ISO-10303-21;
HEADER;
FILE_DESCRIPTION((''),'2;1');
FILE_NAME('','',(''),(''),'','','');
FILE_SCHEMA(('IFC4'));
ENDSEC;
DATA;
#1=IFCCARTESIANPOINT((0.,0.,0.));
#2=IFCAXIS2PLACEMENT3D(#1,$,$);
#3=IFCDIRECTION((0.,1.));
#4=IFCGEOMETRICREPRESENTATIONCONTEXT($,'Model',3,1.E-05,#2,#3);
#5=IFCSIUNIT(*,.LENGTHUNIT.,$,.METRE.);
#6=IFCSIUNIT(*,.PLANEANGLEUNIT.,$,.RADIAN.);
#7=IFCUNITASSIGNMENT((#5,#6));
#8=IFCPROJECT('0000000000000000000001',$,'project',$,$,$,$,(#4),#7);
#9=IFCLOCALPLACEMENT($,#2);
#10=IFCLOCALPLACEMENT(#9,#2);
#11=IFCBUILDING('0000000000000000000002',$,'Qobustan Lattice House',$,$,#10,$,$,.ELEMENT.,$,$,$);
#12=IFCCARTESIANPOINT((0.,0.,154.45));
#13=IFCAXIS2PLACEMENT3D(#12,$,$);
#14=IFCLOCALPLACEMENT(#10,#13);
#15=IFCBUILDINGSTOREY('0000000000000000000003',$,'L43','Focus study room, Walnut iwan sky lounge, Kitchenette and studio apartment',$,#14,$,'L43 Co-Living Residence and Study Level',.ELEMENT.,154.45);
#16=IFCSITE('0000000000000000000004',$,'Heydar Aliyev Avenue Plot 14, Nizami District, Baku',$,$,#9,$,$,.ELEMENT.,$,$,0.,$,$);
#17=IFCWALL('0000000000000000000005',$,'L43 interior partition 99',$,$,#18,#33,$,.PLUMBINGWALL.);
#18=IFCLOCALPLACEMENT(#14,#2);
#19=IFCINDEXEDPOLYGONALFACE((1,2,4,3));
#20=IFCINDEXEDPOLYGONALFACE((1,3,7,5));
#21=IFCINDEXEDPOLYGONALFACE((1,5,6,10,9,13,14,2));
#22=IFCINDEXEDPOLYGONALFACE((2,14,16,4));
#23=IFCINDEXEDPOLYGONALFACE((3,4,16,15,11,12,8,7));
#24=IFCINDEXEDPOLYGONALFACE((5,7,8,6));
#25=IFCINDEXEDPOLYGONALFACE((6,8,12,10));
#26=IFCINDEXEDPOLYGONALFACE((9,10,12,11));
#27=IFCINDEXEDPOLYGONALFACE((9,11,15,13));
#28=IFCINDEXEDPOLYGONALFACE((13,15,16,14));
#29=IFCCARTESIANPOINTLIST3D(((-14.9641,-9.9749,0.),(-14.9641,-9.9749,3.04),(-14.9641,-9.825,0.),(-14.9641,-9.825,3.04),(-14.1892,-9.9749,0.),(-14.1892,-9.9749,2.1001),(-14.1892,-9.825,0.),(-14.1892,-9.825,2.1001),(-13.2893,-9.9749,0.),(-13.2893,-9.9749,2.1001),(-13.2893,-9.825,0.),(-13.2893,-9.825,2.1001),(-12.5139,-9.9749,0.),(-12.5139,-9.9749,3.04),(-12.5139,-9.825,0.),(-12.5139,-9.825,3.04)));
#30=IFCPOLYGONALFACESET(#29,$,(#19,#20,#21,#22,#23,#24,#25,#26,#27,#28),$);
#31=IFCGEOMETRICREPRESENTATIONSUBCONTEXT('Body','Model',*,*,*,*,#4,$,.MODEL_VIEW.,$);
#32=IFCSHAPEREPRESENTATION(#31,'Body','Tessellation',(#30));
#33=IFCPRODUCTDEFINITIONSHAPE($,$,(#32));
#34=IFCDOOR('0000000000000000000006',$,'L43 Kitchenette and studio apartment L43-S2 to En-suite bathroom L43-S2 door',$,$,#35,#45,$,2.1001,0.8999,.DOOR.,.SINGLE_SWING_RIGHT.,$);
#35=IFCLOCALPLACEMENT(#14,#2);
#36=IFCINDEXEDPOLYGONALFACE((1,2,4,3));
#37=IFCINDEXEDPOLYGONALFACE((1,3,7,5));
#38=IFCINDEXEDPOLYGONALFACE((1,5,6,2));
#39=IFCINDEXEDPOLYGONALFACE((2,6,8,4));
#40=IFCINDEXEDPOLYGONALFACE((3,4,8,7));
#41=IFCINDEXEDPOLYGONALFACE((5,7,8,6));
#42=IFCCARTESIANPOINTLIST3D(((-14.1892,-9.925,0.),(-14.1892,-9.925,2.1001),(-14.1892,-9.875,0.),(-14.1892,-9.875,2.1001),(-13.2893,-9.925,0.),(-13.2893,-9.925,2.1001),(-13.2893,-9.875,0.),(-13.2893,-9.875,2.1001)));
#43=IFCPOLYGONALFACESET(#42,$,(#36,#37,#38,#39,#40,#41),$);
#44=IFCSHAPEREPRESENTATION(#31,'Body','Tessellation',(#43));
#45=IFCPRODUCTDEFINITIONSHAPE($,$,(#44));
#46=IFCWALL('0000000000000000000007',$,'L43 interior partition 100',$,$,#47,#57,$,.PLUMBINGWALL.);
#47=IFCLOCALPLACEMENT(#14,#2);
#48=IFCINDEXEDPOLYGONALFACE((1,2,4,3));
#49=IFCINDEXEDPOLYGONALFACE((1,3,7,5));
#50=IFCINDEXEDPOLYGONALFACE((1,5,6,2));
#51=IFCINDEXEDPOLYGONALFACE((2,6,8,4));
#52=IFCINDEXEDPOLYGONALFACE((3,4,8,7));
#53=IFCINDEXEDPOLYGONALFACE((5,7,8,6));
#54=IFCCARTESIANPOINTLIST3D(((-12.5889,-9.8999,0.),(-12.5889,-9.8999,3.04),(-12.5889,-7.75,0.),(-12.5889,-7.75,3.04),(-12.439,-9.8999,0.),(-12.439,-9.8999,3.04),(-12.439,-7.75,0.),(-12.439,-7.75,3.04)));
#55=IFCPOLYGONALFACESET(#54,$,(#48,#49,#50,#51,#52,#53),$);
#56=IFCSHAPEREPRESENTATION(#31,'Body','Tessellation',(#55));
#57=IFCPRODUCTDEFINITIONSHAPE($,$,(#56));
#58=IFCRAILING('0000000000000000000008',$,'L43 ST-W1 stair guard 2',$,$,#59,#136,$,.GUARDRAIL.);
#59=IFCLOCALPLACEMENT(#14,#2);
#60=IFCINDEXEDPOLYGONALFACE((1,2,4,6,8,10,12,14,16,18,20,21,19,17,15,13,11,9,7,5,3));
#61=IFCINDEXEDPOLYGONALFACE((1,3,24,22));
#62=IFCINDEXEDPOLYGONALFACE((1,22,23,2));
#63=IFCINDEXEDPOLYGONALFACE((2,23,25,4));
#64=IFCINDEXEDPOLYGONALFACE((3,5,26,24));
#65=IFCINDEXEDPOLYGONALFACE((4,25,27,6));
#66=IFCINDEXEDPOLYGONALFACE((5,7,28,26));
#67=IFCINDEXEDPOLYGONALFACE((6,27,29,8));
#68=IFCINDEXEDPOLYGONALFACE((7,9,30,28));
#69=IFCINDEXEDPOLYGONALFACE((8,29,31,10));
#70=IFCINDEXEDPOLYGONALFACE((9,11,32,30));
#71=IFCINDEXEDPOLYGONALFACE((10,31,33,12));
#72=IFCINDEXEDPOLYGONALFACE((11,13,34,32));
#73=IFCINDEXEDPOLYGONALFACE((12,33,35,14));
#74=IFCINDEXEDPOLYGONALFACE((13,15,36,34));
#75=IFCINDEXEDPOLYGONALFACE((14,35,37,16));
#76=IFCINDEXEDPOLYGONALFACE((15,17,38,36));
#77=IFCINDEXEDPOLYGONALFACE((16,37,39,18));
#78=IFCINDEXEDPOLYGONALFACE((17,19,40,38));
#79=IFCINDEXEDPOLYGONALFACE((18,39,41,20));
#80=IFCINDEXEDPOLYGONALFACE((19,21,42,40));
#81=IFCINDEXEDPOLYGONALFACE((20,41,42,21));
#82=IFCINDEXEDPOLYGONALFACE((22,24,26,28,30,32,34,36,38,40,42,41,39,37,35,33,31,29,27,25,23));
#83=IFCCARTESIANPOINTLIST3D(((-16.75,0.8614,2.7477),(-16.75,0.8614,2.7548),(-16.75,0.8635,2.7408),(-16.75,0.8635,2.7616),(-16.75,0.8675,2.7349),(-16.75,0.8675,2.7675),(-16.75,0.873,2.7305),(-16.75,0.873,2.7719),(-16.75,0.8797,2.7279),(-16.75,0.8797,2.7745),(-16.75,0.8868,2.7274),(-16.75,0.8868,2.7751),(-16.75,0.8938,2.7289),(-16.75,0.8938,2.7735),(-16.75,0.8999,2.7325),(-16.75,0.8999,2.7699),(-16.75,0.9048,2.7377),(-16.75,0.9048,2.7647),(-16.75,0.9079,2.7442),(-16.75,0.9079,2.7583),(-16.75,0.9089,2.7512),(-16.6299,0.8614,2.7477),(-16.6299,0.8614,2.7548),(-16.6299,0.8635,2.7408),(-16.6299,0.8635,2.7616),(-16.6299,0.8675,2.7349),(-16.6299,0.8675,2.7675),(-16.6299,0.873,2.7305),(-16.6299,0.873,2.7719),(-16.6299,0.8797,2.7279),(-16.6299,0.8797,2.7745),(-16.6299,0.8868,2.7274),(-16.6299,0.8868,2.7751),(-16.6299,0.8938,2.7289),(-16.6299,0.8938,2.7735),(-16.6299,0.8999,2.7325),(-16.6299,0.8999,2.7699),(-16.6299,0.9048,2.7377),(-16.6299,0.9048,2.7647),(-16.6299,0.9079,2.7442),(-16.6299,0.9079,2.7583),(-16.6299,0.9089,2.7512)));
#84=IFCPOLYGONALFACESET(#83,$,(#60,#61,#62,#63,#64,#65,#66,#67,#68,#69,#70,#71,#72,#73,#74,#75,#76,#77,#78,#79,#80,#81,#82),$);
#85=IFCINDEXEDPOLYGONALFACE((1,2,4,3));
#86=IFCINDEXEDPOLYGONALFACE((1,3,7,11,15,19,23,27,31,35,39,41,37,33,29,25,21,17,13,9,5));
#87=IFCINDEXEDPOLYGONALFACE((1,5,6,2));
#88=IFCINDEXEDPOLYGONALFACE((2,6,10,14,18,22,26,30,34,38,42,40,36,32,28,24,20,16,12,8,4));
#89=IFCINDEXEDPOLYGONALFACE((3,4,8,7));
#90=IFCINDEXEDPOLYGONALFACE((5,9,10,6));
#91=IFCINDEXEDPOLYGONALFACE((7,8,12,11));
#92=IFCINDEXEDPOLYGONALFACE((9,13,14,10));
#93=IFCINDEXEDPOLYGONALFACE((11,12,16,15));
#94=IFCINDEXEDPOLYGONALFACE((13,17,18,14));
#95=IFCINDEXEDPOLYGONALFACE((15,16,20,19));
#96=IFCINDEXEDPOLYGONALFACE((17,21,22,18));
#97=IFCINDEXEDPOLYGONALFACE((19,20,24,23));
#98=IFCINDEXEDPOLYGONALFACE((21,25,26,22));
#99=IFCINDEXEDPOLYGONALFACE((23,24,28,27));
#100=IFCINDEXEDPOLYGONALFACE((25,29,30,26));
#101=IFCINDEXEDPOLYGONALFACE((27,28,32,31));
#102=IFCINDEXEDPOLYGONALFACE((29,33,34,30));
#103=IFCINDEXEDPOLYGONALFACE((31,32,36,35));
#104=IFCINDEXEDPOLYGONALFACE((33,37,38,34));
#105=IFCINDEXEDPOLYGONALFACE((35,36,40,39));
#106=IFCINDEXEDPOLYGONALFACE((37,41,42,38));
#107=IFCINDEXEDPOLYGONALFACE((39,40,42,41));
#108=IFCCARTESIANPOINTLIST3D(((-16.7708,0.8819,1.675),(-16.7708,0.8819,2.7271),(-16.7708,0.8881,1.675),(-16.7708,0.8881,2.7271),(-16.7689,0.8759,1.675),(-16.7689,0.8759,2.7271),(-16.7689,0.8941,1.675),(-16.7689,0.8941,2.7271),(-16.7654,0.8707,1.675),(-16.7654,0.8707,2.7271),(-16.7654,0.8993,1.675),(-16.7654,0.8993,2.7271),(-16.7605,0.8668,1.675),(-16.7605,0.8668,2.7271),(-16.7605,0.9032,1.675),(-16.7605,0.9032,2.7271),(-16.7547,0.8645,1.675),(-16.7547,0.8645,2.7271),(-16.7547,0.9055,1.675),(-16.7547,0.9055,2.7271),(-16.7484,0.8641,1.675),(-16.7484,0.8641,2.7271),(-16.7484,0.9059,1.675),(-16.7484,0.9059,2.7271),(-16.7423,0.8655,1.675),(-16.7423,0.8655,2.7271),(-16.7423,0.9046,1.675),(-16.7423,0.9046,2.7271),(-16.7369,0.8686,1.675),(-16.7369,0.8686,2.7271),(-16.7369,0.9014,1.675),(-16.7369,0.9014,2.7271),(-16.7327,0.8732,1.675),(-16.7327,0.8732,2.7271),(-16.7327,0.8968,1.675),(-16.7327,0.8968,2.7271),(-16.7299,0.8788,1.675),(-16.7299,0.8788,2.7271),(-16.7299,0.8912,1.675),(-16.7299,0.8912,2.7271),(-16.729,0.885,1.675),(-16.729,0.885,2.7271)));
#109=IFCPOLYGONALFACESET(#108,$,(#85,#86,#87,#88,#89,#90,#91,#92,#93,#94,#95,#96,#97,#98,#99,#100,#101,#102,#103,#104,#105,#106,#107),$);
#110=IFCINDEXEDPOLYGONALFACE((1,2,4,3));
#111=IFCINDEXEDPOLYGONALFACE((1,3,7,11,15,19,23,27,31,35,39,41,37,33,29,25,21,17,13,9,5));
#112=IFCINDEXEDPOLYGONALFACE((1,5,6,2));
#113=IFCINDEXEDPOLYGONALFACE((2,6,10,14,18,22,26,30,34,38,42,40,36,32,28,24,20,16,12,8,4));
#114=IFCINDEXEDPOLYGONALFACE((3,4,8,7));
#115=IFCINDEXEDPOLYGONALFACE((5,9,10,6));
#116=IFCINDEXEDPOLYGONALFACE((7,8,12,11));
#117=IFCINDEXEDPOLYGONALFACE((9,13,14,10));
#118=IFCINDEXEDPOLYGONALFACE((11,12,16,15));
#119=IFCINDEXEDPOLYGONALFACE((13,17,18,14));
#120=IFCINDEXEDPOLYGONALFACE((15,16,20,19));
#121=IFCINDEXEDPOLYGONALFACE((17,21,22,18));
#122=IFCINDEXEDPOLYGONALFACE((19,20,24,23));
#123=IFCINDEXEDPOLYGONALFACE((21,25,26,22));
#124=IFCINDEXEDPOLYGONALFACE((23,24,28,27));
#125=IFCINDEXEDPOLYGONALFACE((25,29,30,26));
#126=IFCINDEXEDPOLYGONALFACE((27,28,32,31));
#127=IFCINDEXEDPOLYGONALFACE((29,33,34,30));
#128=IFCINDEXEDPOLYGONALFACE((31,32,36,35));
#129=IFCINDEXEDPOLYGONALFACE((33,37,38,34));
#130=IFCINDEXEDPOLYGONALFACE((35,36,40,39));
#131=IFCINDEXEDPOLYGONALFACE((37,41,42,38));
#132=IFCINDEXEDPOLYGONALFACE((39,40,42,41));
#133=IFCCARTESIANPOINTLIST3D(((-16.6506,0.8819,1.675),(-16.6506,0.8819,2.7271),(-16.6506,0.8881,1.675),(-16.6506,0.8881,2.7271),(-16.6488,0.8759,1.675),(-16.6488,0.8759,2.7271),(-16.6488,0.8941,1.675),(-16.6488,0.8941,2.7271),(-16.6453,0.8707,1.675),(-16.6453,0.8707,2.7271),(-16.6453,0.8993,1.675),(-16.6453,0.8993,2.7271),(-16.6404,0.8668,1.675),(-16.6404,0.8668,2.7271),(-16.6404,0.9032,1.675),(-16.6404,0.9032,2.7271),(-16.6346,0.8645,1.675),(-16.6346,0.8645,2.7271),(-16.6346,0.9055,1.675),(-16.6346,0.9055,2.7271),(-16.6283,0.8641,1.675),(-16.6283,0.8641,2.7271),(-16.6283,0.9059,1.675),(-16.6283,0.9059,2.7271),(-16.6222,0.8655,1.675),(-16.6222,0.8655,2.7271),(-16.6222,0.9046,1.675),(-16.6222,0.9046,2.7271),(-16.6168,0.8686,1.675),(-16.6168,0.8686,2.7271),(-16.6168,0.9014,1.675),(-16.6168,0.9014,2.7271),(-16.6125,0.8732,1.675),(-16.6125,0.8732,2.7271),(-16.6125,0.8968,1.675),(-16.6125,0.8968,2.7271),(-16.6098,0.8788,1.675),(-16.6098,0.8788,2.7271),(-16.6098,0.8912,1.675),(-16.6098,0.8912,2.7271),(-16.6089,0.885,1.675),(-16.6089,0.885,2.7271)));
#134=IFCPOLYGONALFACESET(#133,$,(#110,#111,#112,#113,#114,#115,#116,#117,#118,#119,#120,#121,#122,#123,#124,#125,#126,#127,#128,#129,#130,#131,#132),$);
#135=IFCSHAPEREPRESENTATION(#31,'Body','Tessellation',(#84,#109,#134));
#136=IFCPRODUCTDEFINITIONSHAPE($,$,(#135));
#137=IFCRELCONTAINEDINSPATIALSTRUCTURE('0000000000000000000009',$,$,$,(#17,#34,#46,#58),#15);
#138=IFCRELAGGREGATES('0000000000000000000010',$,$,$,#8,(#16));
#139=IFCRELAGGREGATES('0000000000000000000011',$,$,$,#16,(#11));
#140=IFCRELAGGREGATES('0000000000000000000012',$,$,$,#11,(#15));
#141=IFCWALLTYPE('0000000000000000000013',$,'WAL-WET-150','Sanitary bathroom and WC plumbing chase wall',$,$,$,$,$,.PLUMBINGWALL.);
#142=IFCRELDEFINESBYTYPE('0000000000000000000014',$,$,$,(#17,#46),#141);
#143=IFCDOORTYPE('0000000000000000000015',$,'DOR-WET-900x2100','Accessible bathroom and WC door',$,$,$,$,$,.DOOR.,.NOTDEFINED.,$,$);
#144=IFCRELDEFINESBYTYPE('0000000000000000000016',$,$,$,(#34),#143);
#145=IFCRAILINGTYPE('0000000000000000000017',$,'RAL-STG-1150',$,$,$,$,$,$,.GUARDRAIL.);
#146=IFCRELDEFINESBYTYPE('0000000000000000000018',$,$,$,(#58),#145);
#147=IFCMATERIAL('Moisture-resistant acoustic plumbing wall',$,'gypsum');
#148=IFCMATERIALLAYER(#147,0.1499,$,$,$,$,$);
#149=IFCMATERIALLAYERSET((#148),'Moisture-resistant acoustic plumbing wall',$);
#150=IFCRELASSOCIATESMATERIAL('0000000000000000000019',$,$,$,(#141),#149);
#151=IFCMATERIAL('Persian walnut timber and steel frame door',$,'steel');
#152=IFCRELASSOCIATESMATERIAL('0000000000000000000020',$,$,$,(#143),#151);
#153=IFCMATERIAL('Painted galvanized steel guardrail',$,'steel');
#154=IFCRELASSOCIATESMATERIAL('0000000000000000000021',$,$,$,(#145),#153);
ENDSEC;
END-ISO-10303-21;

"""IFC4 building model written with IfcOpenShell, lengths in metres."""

from ifc_helpers import new_model, si_unit, direction, frame, frame_2d, origin, origin_2d, place, context, subcontext, project, spatial, rectangle, circle, extrude, material, layer, layer_set, type_object, element, fill, save


model = new_model("IFC4")

# Units and contexts
model_context = context("Model", 3, precision=1e-05, world=origin(), true_north=direction((0.0, 1.0)))
body_context = subcontext(model_context, "Body", "Model", "MODEL_VIEW")
ifc_project = project(units=[si_unit("LENGTHUNIT", "METRE"), si_unit("PLANEANGLEUNIT", "RADIAN")], contexts=[model_context])

# Site, building, storey
site_placement = place(None, origin())
site = spatial("IfcSite", under=ifc_project, at=site_placement, Name="Heydar Aliyev Avenue Plot 14, Nizami District, Baku", CompositionType="ELEMENT", RefElevation=0.0)
building_placement = place(site_placement, origin())
building = spatial("IfcBuilding", under=site, at=building_placement, Name="Qobustan Lattice House", CompositionType="ELEMENT")
storey_placement = place(building_placement, frame((0.0, 0.0, 154.45)))
storey = spatial("IfcBuildingStorey", under=building, at=storey_placement, Name="L43", Description="Focus study room, Walnut iwan sky lounge, Kitchenette and studio apartment", LongName="L43 Co-Living Residence and Study Level", CompositionType="ELEMENT", Elevation=154.45)

# Shared definitions
ifc_material_1 = material(Name="Moisture-resistant acoustic plumbing wall", Category="gypsum")
ifc_layer_1 = layer(ifc_material_1, 0.1499)
ifc_layer_set_1 = layer_set([ifc_layer_1], Name="Moisture-resistant acoustic plumbing wall")
wall_type_1 = type_object("IfcWallType", Name="WAL-WET-150", Description="Sanitary bathroom and WC plumbing chase wall", PredefinedType="PLUMBINGWALL", material=ifc_layer_set_1)

# Wall, opening, door
wall_1_placement = place(storey_placement, frame((-14.9641, -9.8999, 0.0), z_axis=(0.0, 0.0, 1.0), x_axis=(1.0, 0.0, 0.0)))
wall_1 = element("IfcWall", 1, at=wall_1_placement, inside=storey, type_object=wall_type_1, Name="L43 interior partition 99", PredefinedType="PLUMBINGWALL", context=body_context, shape_type="SweptSolid", body=[
    extrude(rectangle(XDim=2.4502, YDim=0.1499, at=frame_2d((1.2251, 0.0))), origin(), (0.0, 0.0, 1.0), 3.04),
])
opening_1_placement = place(wall_1_placement, frame((0.7749, 0.0, 0.0)))
opening_1 = element("IfcOpeningElement", 2, at=opening_1_placement, cuts=wall_1, PredefinedType="OPENING", context=body_context, shape_type="SweptSolid", body=[
    extrude(rectangle(XDim=0.8999, YDim=2.1001, at=frame_2d((0.45, 1.05))), frame((0.0, 0.085, 0.0), z_axis=(0.0, -1.0, 0.0), x_axis=(1.0, 0.0, 0.0)), (0.0, 0.0, 1.0), 0.1699),
])
ifc_material_2 = material(Name="Persian walnut timber and steel frame door", Category="steel")
door_type_1 = type_object("IfcDoorType", Name="DOR-WET-900x2100", Description="Accessible bathroom and WC door", OperationType="NOTDEFINED", PredefinedType="DOOR", material=ifc_material_2)
door_1_placement = place(opening_1_placement, origin())
door_1 = element("IfcDoor", 3, at=door_1_placement, inside=storey, type_object=door_type_1, Name="L43 Kitchenette and studio apartment L43-S2 to En-suite bathroom L43-S2 door", OperationType="SINGLE_SWING_RIGHT", OverallHeight=2.1001, OverallWidth=0.8999, PredefinedType="DOOR", context=body_context, shape_type="SweptSolid", body=[
    extrude(rectangle(XDim=0.8999, YDim=2.1001, at=frame_2d((0.45, 1.05))), frame((0.0, 0.0249, 0.0), z_axis=(0.0, -1.0, 0.0), x_axis=(1.0, 0.0, 0.0)), (0.0, 0.0, 1.0), 0.05),
])
fill(opening_1, door_1)

# Wall
wall_2_placement = place(storey_placement, frame((-12.5139, -9.8999, 0.0), z_axis=(0.0, 0.0, 1.0), x_axis=(0.0, 1.0, 0.0)))
element("IfcWall", 4, at=wall_2_placement, inside=storey, type_object=wall_type_1, Name="L43 interior partition 100", PredefinedType="PLUMBINGWALL", context=body_context, shape_type="SweptSolid", body=[
    extrude(rectangle(XDim=2.1499, YDim=0.1499, at=frame_2d((1.075, 0.0))), origin(), (0.0, 0.0, 1.0), 3.04),
])

# Railing
ifc_material_3 = material(Name="Painted galvanized steel guardrail", Category="steel")
railing_type = type_object("IfcRailingType", Name="RAL-STG-1150", PredefinedType="GUARDRAIL", material=ifc_material_3)
railing_1_placement = place(storey_placement, frame((-16.75, 0.885, 1.675)))
element("IfcRailing", 5, at=railing_1_placement, inside=storey, type_object=railing_type, Name="L43 ST-W1 stair guard 2", PredefinedType="GUARDRAIL", context=body_context, shape_type="SweptSolid", body=[
    extrude(circle(Radius=0.0239, at=origin_2d()), frame((0.0, 0.0, 1.0762), z_axis=(1.0, 0.0, 0.0), x_axis=(0.0, 1.0, 0.0)), (0.0, 0.0, 1.0), 0.1201),
    extrude(circle(Radius=0.021, at=origin_2d()), origin(), (0.0, 0.0, 1.0), 1.052),
    extrude(circle(Radius=0.021, at=origin_2d()), frame((0.1201, 0.0, 0.0)), (0.0, 0.0, 1.0), 1.052),
])

save(model, "model.ifc")
